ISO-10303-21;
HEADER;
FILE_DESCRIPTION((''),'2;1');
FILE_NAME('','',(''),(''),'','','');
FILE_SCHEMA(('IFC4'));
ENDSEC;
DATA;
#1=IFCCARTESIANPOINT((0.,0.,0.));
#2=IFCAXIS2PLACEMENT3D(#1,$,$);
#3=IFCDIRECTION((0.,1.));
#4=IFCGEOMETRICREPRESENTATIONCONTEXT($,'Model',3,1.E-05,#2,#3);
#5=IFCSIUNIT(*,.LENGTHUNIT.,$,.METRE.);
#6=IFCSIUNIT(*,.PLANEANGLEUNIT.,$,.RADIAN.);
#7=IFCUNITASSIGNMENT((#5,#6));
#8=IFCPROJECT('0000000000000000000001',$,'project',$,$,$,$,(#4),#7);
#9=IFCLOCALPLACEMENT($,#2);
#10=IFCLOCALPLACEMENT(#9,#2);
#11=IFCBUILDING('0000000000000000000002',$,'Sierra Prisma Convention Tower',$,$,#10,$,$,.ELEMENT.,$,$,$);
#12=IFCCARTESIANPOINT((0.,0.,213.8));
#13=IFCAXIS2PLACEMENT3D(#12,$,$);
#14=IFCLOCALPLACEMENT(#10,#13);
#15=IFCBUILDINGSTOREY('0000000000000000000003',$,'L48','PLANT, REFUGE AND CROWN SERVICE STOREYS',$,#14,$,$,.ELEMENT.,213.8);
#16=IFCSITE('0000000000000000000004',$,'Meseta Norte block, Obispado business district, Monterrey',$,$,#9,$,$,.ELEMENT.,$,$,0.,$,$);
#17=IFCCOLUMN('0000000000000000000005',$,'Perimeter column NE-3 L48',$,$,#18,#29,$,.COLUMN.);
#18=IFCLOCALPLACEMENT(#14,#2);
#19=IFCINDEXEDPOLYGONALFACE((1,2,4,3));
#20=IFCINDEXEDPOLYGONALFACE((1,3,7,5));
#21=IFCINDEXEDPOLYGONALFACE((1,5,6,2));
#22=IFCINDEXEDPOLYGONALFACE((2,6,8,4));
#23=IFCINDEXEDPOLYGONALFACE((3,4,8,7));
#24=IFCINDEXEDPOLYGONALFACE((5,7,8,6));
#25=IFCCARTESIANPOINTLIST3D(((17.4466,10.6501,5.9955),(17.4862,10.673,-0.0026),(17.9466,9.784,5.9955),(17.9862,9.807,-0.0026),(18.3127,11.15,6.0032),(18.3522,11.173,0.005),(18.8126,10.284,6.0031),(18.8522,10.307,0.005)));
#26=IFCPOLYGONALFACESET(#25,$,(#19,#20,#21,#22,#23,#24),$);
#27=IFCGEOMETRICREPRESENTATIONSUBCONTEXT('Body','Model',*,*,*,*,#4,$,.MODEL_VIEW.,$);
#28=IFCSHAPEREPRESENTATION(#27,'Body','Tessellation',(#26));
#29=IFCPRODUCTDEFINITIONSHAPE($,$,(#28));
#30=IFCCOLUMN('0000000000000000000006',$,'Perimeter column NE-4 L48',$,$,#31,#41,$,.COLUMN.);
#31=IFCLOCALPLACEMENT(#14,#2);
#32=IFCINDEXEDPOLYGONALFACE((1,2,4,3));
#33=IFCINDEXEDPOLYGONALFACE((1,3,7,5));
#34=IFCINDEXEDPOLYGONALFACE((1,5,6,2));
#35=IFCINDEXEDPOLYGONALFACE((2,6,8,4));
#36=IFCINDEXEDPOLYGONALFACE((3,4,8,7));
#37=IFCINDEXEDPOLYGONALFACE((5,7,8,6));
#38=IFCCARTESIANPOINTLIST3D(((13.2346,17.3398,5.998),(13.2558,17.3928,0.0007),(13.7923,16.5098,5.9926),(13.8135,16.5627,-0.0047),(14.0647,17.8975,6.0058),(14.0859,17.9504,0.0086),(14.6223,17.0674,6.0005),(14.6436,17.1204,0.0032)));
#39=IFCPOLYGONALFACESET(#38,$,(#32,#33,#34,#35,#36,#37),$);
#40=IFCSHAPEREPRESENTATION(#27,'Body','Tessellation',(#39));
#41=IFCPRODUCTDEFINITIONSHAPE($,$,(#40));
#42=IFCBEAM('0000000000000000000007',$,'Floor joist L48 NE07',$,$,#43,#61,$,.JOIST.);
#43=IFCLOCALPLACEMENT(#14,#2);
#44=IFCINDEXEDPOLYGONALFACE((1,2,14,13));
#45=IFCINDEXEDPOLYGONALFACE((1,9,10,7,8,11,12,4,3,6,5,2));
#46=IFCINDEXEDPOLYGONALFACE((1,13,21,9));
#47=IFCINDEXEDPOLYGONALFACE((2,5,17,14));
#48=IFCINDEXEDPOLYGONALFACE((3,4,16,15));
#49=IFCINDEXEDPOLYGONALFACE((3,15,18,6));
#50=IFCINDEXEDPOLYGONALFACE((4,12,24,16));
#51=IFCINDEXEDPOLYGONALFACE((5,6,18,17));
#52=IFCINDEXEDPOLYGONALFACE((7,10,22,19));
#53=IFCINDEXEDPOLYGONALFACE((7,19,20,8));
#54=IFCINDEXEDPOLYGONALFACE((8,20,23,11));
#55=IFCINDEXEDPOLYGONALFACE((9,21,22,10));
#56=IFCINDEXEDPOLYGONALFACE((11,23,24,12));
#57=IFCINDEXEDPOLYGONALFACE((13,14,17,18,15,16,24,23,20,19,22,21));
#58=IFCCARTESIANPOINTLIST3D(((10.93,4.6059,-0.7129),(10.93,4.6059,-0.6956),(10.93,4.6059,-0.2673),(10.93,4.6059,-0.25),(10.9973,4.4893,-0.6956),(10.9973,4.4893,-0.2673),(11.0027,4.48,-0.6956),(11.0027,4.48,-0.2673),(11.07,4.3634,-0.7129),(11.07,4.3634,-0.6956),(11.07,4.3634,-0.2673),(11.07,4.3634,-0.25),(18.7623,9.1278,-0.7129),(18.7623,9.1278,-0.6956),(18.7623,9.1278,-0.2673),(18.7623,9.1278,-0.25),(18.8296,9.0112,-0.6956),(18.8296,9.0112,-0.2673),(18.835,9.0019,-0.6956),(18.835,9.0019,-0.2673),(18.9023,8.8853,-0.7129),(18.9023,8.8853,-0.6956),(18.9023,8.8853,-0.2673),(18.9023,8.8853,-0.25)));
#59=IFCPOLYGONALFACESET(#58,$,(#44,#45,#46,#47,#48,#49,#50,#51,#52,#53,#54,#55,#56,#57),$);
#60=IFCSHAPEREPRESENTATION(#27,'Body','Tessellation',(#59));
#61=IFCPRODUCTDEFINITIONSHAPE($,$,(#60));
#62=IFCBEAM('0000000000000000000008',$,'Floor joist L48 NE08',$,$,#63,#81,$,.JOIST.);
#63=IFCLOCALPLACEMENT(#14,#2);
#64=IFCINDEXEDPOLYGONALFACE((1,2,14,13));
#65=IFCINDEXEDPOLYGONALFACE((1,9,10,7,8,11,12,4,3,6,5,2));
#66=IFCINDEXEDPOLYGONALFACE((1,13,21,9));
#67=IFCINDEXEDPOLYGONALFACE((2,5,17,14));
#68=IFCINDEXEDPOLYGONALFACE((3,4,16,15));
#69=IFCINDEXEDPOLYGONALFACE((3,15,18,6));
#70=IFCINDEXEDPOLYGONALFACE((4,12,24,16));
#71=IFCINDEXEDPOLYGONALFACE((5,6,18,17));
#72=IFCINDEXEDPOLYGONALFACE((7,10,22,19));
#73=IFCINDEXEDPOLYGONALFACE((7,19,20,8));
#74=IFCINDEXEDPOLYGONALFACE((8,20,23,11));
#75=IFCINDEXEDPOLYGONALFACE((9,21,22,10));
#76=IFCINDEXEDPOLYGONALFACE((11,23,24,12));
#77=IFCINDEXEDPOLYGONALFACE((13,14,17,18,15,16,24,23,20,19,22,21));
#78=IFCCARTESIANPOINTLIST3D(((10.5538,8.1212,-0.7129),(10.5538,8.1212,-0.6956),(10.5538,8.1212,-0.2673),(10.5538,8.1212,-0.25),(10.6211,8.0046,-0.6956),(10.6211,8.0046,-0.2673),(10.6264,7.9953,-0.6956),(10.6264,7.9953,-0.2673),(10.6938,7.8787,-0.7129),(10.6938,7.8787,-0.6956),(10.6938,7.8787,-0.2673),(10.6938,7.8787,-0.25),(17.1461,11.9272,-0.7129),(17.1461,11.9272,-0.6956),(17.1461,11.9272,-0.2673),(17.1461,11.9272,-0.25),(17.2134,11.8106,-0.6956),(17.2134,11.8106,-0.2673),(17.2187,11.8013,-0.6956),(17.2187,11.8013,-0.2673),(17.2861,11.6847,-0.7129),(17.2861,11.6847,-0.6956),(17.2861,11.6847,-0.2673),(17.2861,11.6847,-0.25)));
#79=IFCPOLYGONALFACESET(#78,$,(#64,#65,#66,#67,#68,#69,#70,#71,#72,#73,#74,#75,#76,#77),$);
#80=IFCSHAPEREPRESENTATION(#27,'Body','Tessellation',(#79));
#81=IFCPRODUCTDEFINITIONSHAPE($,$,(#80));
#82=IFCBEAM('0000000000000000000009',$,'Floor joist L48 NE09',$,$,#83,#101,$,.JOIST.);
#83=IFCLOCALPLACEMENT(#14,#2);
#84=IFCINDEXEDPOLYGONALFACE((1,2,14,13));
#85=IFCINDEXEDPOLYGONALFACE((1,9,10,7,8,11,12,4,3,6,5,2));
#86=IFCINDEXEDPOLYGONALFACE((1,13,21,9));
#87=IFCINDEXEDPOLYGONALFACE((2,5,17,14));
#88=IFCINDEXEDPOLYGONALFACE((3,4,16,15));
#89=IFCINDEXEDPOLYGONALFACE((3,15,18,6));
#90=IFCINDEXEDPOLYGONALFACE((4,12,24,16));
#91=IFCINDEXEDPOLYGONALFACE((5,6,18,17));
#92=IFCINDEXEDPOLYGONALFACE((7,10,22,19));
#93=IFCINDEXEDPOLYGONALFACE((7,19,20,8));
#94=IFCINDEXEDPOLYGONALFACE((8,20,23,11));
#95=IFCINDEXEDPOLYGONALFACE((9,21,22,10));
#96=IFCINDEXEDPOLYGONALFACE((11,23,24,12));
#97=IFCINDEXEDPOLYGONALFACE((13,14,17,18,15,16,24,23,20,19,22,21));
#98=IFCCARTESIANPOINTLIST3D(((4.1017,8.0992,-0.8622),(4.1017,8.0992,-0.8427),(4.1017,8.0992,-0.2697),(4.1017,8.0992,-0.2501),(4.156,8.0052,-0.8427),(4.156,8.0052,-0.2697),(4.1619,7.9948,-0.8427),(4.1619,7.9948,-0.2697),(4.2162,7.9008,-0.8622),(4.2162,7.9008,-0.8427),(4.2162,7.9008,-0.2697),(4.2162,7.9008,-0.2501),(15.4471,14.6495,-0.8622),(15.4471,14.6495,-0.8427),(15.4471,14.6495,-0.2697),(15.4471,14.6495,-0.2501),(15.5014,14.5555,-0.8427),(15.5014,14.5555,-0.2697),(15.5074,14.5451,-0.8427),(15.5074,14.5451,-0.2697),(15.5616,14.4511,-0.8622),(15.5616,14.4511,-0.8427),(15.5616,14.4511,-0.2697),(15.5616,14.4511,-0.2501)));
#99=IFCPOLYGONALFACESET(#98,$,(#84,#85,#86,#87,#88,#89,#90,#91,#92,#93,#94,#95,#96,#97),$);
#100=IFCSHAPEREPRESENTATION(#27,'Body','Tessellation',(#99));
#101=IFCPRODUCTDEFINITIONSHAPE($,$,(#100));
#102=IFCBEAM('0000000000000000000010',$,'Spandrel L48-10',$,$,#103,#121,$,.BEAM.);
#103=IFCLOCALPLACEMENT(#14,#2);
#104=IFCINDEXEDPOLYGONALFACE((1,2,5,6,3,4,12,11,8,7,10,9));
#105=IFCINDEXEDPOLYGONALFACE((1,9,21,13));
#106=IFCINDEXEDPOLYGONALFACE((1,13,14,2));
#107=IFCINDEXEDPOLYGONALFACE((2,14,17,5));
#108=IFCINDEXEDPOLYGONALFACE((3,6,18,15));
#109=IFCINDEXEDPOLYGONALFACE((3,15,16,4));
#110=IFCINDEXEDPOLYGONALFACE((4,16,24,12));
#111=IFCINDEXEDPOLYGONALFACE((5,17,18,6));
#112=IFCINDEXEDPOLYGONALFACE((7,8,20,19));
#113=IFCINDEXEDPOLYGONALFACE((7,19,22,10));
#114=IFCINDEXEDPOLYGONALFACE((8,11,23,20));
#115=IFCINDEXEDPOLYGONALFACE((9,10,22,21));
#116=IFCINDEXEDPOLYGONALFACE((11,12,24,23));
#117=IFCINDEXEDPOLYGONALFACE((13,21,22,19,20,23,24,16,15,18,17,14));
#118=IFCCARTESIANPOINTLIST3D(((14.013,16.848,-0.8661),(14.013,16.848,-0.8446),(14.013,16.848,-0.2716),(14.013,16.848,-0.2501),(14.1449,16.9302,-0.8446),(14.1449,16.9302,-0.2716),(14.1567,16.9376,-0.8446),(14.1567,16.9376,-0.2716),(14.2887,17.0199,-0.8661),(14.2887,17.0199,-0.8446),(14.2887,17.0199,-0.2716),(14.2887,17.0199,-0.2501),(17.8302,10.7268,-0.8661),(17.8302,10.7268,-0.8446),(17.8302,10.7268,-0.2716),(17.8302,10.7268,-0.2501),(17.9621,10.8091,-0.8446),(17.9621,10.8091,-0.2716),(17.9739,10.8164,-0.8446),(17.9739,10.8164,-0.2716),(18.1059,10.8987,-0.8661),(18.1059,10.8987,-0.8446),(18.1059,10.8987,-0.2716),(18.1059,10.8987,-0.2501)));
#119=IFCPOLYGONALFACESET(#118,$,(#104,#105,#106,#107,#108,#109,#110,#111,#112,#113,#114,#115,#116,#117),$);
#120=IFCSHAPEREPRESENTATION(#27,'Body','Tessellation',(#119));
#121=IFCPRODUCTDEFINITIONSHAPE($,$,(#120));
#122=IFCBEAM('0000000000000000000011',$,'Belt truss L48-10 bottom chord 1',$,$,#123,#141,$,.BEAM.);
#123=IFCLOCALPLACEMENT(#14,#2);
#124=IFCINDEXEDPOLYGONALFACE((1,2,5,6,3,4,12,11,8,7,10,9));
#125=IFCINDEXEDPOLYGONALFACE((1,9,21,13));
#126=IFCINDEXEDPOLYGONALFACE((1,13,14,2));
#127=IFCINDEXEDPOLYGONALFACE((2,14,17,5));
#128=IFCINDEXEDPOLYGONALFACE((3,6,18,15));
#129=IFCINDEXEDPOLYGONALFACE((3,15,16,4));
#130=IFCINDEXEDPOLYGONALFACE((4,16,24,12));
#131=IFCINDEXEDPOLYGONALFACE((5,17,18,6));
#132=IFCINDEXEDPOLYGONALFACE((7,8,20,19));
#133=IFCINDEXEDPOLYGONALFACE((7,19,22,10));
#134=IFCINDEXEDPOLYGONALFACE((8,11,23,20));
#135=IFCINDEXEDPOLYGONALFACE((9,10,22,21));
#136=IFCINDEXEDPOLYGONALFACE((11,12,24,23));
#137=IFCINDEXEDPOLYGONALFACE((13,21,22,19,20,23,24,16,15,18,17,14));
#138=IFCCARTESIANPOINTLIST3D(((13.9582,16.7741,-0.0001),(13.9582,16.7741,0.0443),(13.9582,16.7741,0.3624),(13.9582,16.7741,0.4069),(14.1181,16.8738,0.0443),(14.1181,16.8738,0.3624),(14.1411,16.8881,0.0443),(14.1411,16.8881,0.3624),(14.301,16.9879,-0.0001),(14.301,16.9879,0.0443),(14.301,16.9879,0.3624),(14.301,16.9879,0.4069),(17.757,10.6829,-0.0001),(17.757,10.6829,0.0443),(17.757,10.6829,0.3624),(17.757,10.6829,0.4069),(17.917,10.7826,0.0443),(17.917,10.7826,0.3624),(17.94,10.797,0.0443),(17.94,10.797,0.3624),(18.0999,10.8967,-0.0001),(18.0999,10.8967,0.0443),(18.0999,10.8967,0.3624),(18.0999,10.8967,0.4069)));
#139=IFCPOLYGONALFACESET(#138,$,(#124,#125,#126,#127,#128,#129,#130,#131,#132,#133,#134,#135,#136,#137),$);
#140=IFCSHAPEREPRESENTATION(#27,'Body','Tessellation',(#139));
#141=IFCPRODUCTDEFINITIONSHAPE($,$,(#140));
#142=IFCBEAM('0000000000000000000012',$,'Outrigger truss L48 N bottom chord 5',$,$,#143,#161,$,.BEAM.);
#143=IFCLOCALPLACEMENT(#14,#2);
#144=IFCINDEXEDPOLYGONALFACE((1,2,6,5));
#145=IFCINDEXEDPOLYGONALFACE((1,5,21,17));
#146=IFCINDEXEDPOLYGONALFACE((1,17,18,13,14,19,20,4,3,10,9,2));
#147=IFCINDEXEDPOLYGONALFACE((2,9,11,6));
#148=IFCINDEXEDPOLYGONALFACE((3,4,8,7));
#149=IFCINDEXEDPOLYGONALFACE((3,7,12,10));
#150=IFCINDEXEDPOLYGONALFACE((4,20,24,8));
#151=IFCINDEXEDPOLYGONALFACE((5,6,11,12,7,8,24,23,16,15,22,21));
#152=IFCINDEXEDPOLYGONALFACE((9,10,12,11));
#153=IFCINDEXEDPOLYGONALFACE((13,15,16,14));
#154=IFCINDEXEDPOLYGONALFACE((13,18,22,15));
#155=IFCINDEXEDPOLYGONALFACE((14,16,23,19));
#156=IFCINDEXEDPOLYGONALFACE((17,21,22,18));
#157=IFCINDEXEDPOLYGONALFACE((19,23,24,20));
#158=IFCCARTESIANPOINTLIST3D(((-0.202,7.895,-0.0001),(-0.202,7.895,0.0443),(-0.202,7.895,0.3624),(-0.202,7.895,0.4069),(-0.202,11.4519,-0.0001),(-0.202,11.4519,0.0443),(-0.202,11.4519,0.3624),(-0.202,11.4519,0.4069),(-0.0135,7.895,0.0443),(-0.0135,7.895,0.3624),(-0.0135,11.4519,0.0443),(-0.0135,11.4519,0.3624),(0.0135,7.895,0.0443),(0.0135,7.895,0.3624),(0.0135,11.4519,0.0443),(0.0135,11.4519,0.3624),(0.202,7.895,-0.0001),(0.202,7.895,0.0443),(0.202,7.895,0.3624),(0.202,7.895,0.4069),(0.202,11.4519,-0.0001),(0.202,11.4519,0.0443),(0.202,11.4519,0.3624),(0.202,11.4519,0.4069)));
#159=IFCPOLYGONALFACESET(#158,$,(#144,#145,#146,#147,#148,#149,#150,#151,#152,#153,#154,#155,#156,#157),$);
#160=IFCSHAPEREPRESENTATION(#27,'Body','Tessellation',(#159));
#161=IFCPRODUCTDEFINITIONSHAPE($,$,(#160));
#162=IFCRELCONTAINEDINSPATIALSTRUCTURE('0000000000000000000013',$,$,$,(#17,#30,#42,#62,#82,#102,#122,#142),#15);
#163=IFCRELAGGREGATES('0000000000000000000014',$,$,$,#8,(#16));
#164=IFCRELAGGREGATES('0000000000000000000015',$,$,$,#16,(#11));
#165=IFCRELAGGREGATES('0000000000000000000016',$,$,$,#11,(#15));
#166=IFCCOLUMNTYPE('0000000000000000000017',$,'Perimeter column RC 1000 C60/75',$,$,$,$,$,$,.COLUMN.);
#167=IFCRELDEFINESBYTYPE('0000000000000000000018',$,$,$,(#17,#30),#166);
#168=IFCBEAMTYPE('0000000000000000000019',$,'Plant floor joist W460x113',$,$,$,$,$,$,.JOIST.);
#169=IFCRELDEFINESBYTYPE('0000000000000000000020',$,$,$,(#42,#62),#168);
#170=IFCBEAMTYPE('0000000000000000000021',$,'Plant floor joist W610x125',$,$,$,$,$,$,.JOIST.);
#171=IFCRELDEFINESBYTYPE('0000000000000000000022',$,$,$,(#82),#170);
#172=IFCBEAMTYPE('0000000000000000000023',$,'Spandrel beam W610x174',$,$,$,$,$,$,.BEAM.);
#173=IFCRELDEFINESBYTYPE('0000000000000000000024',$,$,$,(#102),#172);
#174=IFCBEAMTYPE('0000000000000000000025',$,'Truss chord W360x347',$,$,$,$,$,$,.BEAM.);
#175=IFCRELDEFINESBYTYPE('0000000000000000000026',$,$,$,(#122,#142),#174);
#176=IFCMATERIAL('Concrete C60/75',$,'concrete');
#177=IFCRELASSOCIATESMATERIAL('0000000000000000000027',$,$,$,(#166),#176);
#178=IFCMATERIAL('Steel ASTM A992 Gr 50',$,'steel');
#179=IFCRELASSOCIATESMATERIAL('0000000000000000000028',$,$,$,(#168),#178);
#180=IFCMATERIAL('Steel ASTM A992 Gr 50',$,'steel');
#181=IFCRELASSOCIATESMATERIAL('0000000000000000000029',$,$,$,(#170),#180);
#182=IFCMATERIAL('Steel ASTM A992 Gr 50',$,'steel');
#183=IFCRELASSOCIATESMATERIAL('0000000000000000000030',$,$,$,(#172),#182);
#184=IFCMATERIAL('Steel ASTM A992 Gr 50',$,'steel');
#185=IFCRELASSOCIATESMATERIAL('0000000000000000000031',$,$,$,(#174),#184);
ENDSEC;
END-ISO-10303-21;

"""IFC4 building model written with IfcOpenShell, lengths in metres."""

from ifc_helpers import new_model, si_unit, direction, frame, origin, origin_2d, place, context, subcontext, project, spatial, rectangle, i_section, extrude, clip, halfspace, material, material_profile, profile_set, type_object, element, save


model = new_model("IFC4")

# Units and contexts
model_context = context("Model", 3, precision=1e-05, world=origin(), true_north=direction((0.0, 1.0)))
body_context = subcontext(model_context, "Body", "Model", "MODEL_VIEW")
ifc_project = project(units=[si_unit("LENGTHUNIT", "METRE"), si_unit("PLANEANGLEUNIT", "RADIAN")], contexts=[model_context])

# Site, building, storey
site_placement = place(None, origin())
site = spatial("IfcSite", under=ifc_project, at=site_placement, Name="Meseta Norte block, Obispado business district, Monterrey", CompositionType="ELEMENT", RefElevation=0.0)
building_placement = place(site_placement, origin())
building = spatial("IfcBuilding", under=site, at=building_placement, Name="Sierra Prisma Convention Tower", CompositionType="ELEMENT")
storey_placement = place(building_placement, frame((0.0, 0.0, 213.8)))
storey = spatial("IfcBuildingStorey", under=building, at=storey_placement, Name="L48", Description="PLANT, REFUGE AND CROWN SERVICE STOREYS", CompositionType="ELEMENT", Elevation=213.8)

# Columns
ifc_material_1 = material(Name="Concrete C60/75", Category="concrete")
ifc_material_profile_1 = material_profile(ifc_material_1, rectangle(XDim=1.0, YDim=1.0, at=origin_2d()), Name="Perimeter column RC 1000 C60/75")
ifc_profile_set_1 = profile_set([ifc_material_profile_1], Name="Concrete C60/75")
column_type = type_object("IfcColumnType", Name="Perimeter column RC 1000 C60/75", PredefinedType="COLUMN", material=ifc_profile_set_1)
column_1_placement = place(storey_placement, frame((18.1692, 10.49, 0.0), z_axis=(-0.006592, -0.003825, 0.999971), x_axis=(-0.499989, 0.866032, 0.000017)))
element("IfcColumn", 1, at=column_1_placement, inside=storey, type_object=column_type, Name="Perimeter column NE-3 L48", PredefinedType="COLUMN", context=body_context, shape_type="SweptSolid", body=[
    clip(clip(extrude(rectangle(XDim=1.0, YDim=1.0, at=origin_2d()), origin(), (0.0, 0.0, 1.0), 6.0002), halfspace(frame((0.0, 0.0, 0.0012)), True)), halfspace(frame((0.0, 0.0, 5.9995)), False)),
])
column_2_placement = place(storey_placement, frame((13.9497, 17.2566, 0.0), z_axis=(-0.00354, -0.008829, 0.999955), x_axis=(-0.557684, 0.830036, 0.005355)))
element("IfcColumn", 2, at=column_2_placement, inside=storey, type_object=column_type, Name="Perimeter column NE-4 L48", PredefinedType="COLUMN", context=body_context, shape_type="SweptSolid", body=[
    clip(clip(extrude(rectangle(XDim=1.0, YDim=1.0, at=origin_2d()), origin(), (0.0, 0.0, 1.0), 6.0002), halfspace(frame((0.0, 0.0, 0.002)), True)), halfspace(frame((0.0, 0.0, 5.9995)), False)),
])

# Beams
ifc_material_2 = material(Name="Steel ASTM A992 Gr 50", Category="steel")
ifc_material_profile_2 = material_profile(ifc_material_2, i_section(OverallWidth=0.28, OverallDepth=0.4629, WebThickness=0.0107, FlangeThickness=0.0173, at=origin_2d()), Name="W460x113")
ifc_profile_set_2 = profile_set([ifc_material_profile_2], Name="Steel ASTM A992 Gr 50")
beam_type_1 = type_object("IfcBeamType", Name="Plant floor joist W460x113", PredefinedType="JOIST", material=ifc_profile_set_2)
beam_1_placement = place(storey_placement, frame((18.8323, 9.0066, -0.4814), z_axis=(-0.866025, -0.500001, 0.0), x_axis=(0.500001, -0.866025, 0.0)))
element("IfcBeam", 3, at=beam_1_placement, inside=storey, type_object=beam_type_1, Name="Floor joist L48 NE07", PredefinedType="JOIST", context=body_context, shape_type="SweptSolid", body=[
    extrude(i_section(OverallWidth=0.28, OverallDepth=0.4629, WebThickness=0.0107, FlangeThickness=0.0173, at=origin_2d()), origin(), (0.0, 0.0, 1.0), 9.0439),
])
beam_2_placement = place(storey_placement, frame((17.2161, 11.8059, -0.4814), z_axis=(-0.866034, -0.499985, 0.0), x_axis=(0.499985, -0.866034, 0.0)))
element("IfcBeam", 4, at=beam_2_placement, inside=storey, type_object=beam_type_1, Name="Floor joist L48 NE08", PredefinedType="JOIST", context=body_context, shape_type="SweptSolid", body=[
    extrude(i_section(OverallWidth=0.28, OverallDepth=0.4629, WebThickness=0.0107, FlangeThickness=0.0173, at=origin_2d()), origin(), (0.0, 0.0, 1.0), 7.6121),
])
ifc_material_3 = material(Name="Steel ASTM A992 Gr 50", Category="steel")
ifc_material_profile_3 = material_profile(ifc_material_3, i_section(OverallWidth=0.229, OverallDepth=0.6121, WebThickness=0.012, FlangeThickness=0.0195, at=origin_2d()), Name="W610x125")
ifc_profile_set_3 = profile_set([ifc_material_profile_3], Name="Steel ASTM A992 Gr 50")
beam_type_2 = type_object("IfcBeamType", Name="Plant floor joist W610x125", PredefinedType="JOIST", material=ifc_profile_set_3)
beam_3_placement = place(storey_placement, frame((15.5044, 14.5503, -0.5562), z_axis=(-0.866026, -0.499999, 0.0), x_axis=(0.499999, -0.866026, 0.0)))
element("IfcBeam", 5, at=beam_3_placement, inside=storey, type_object=beam_type_2, Name="Floor joist L48 NE09", PredefinedType="JOIST", context=body_context, shape_type="SweptSolid", body=[
    extrude(i_section(OverallWidth=0.229, OverallDepth=0.6121, WebThickness=0.012, FlangeThickness=0.0195, at=origin_2d()), origin(), (0.0, 0.0, 1.0), 13.1006),
])
ifc_material_4 = material(Name="Steel ASTM A992 Gr 50", Category="steel")
ifc_material_profile_4 = material_profile(ifc_material_4, i_section(OverallWidth=0.325, OverallDepth=0.616, WebThickness=0.0139, FlangeThickness=0.0215, at=origin_2d()), Name="W610x174")
ifc_profile_set_4 = profile_set([ifc_material_profile_4], Name="Steel ASTM A992 Gr 50")
beam_type_3 = type_object("IfcBeamType", Name="Spandrel beam W610x174", PredefinedType="BEAM", material=ifc_profile_set_4)
beam_4_placement = place(storey_placement, frame((17.968, 10.8127, -0.5581), z_axis=(-0.529147, 0.84853, 0.0), x_axis=(-0.84853, -0.529147, 0.0)))
element("IfcBeam", 6, at=beam_4_placement, inside=storey, type_object=beam_type_3, Name="Spandrel L48-10", PredefinedType="BEAM", context=body_context, shape_type="SweptSolid", body=[
    extrude(i_section(OverallWidth=0.325, OverallDepth=0.616, WebThickness=0.0139, FlangeThickness=0.0215, at=origin_2d()), origin(), (0.0, 0.0, 1.0), 7.2139),
])
ifc_material_5 = material(Name="Steel ASTM A992 Gr 50", Category="steel")
ifc_material_profile_5 = material_profile(ifc_material_5, i_section(OverallWidth=0.4041, OverallDepth=0.407, WebThickness=0.0271, FlangeThickness=0.0444, at=origin_2d()), Name="W360x347")
ifc_profile_set_5 = profile_set([ifc_material_profile_5], Name="Steel ASTM A992 Gr 50")
beam_type_4 = type_object("IfcBeamType", Name="Truss chord W360x347", PredefinedType="BEAM", material=ifc_profile_set_5)
beam_5_placement = place(storey_placement, frame((17.9285, 10.7898, 0.2034), z_axis=(-0.529189, 0.848504, 0.0), x_axis=(-0.848504, -0.529189, 0.0)))
element("IfcBeam", 7, at=beam_5_placement, inside=storey, type_object=beam_type_4, Name="Belt truss L48-10 bottom chord 1", PredefinedType="BEAM", context=body_context, shape_type="SweptSolid", body=[
    extrude(i_section(OverallWidth=0.4041, OverallDepth=0.407, WebThickness=0.0271, FlangeThickness=0.0444, at=origin_2d()), origin(), (0.0, 0.0, 1.0), 7.1787),
])
beam_6_placement = place(storey_placement, frame((0.0, 11.4519, 0.2034), z_axis=(0.0, -1.0, 0.0), x_axis=(1.0, 0.0, 0.0)))
element("IfcBeam", 8, at=beam_6_placement, inside=storey, type_object=beam_type_4, Name="Outrigger truss L48 N bottom chord 5", PredefinedType="BEAM", context=body_context, shape_type="SweptSolid", body=[
    extrude(i_section(OverallWidth=0.4041, OverallDepth=0.407, WebThickness=0.0271, FlangeThickness=0.0444, at=origin_2d()), origin(), (0.0, 0.0, 1.0), 3.5569),
])

save(model, "model.ifc")
